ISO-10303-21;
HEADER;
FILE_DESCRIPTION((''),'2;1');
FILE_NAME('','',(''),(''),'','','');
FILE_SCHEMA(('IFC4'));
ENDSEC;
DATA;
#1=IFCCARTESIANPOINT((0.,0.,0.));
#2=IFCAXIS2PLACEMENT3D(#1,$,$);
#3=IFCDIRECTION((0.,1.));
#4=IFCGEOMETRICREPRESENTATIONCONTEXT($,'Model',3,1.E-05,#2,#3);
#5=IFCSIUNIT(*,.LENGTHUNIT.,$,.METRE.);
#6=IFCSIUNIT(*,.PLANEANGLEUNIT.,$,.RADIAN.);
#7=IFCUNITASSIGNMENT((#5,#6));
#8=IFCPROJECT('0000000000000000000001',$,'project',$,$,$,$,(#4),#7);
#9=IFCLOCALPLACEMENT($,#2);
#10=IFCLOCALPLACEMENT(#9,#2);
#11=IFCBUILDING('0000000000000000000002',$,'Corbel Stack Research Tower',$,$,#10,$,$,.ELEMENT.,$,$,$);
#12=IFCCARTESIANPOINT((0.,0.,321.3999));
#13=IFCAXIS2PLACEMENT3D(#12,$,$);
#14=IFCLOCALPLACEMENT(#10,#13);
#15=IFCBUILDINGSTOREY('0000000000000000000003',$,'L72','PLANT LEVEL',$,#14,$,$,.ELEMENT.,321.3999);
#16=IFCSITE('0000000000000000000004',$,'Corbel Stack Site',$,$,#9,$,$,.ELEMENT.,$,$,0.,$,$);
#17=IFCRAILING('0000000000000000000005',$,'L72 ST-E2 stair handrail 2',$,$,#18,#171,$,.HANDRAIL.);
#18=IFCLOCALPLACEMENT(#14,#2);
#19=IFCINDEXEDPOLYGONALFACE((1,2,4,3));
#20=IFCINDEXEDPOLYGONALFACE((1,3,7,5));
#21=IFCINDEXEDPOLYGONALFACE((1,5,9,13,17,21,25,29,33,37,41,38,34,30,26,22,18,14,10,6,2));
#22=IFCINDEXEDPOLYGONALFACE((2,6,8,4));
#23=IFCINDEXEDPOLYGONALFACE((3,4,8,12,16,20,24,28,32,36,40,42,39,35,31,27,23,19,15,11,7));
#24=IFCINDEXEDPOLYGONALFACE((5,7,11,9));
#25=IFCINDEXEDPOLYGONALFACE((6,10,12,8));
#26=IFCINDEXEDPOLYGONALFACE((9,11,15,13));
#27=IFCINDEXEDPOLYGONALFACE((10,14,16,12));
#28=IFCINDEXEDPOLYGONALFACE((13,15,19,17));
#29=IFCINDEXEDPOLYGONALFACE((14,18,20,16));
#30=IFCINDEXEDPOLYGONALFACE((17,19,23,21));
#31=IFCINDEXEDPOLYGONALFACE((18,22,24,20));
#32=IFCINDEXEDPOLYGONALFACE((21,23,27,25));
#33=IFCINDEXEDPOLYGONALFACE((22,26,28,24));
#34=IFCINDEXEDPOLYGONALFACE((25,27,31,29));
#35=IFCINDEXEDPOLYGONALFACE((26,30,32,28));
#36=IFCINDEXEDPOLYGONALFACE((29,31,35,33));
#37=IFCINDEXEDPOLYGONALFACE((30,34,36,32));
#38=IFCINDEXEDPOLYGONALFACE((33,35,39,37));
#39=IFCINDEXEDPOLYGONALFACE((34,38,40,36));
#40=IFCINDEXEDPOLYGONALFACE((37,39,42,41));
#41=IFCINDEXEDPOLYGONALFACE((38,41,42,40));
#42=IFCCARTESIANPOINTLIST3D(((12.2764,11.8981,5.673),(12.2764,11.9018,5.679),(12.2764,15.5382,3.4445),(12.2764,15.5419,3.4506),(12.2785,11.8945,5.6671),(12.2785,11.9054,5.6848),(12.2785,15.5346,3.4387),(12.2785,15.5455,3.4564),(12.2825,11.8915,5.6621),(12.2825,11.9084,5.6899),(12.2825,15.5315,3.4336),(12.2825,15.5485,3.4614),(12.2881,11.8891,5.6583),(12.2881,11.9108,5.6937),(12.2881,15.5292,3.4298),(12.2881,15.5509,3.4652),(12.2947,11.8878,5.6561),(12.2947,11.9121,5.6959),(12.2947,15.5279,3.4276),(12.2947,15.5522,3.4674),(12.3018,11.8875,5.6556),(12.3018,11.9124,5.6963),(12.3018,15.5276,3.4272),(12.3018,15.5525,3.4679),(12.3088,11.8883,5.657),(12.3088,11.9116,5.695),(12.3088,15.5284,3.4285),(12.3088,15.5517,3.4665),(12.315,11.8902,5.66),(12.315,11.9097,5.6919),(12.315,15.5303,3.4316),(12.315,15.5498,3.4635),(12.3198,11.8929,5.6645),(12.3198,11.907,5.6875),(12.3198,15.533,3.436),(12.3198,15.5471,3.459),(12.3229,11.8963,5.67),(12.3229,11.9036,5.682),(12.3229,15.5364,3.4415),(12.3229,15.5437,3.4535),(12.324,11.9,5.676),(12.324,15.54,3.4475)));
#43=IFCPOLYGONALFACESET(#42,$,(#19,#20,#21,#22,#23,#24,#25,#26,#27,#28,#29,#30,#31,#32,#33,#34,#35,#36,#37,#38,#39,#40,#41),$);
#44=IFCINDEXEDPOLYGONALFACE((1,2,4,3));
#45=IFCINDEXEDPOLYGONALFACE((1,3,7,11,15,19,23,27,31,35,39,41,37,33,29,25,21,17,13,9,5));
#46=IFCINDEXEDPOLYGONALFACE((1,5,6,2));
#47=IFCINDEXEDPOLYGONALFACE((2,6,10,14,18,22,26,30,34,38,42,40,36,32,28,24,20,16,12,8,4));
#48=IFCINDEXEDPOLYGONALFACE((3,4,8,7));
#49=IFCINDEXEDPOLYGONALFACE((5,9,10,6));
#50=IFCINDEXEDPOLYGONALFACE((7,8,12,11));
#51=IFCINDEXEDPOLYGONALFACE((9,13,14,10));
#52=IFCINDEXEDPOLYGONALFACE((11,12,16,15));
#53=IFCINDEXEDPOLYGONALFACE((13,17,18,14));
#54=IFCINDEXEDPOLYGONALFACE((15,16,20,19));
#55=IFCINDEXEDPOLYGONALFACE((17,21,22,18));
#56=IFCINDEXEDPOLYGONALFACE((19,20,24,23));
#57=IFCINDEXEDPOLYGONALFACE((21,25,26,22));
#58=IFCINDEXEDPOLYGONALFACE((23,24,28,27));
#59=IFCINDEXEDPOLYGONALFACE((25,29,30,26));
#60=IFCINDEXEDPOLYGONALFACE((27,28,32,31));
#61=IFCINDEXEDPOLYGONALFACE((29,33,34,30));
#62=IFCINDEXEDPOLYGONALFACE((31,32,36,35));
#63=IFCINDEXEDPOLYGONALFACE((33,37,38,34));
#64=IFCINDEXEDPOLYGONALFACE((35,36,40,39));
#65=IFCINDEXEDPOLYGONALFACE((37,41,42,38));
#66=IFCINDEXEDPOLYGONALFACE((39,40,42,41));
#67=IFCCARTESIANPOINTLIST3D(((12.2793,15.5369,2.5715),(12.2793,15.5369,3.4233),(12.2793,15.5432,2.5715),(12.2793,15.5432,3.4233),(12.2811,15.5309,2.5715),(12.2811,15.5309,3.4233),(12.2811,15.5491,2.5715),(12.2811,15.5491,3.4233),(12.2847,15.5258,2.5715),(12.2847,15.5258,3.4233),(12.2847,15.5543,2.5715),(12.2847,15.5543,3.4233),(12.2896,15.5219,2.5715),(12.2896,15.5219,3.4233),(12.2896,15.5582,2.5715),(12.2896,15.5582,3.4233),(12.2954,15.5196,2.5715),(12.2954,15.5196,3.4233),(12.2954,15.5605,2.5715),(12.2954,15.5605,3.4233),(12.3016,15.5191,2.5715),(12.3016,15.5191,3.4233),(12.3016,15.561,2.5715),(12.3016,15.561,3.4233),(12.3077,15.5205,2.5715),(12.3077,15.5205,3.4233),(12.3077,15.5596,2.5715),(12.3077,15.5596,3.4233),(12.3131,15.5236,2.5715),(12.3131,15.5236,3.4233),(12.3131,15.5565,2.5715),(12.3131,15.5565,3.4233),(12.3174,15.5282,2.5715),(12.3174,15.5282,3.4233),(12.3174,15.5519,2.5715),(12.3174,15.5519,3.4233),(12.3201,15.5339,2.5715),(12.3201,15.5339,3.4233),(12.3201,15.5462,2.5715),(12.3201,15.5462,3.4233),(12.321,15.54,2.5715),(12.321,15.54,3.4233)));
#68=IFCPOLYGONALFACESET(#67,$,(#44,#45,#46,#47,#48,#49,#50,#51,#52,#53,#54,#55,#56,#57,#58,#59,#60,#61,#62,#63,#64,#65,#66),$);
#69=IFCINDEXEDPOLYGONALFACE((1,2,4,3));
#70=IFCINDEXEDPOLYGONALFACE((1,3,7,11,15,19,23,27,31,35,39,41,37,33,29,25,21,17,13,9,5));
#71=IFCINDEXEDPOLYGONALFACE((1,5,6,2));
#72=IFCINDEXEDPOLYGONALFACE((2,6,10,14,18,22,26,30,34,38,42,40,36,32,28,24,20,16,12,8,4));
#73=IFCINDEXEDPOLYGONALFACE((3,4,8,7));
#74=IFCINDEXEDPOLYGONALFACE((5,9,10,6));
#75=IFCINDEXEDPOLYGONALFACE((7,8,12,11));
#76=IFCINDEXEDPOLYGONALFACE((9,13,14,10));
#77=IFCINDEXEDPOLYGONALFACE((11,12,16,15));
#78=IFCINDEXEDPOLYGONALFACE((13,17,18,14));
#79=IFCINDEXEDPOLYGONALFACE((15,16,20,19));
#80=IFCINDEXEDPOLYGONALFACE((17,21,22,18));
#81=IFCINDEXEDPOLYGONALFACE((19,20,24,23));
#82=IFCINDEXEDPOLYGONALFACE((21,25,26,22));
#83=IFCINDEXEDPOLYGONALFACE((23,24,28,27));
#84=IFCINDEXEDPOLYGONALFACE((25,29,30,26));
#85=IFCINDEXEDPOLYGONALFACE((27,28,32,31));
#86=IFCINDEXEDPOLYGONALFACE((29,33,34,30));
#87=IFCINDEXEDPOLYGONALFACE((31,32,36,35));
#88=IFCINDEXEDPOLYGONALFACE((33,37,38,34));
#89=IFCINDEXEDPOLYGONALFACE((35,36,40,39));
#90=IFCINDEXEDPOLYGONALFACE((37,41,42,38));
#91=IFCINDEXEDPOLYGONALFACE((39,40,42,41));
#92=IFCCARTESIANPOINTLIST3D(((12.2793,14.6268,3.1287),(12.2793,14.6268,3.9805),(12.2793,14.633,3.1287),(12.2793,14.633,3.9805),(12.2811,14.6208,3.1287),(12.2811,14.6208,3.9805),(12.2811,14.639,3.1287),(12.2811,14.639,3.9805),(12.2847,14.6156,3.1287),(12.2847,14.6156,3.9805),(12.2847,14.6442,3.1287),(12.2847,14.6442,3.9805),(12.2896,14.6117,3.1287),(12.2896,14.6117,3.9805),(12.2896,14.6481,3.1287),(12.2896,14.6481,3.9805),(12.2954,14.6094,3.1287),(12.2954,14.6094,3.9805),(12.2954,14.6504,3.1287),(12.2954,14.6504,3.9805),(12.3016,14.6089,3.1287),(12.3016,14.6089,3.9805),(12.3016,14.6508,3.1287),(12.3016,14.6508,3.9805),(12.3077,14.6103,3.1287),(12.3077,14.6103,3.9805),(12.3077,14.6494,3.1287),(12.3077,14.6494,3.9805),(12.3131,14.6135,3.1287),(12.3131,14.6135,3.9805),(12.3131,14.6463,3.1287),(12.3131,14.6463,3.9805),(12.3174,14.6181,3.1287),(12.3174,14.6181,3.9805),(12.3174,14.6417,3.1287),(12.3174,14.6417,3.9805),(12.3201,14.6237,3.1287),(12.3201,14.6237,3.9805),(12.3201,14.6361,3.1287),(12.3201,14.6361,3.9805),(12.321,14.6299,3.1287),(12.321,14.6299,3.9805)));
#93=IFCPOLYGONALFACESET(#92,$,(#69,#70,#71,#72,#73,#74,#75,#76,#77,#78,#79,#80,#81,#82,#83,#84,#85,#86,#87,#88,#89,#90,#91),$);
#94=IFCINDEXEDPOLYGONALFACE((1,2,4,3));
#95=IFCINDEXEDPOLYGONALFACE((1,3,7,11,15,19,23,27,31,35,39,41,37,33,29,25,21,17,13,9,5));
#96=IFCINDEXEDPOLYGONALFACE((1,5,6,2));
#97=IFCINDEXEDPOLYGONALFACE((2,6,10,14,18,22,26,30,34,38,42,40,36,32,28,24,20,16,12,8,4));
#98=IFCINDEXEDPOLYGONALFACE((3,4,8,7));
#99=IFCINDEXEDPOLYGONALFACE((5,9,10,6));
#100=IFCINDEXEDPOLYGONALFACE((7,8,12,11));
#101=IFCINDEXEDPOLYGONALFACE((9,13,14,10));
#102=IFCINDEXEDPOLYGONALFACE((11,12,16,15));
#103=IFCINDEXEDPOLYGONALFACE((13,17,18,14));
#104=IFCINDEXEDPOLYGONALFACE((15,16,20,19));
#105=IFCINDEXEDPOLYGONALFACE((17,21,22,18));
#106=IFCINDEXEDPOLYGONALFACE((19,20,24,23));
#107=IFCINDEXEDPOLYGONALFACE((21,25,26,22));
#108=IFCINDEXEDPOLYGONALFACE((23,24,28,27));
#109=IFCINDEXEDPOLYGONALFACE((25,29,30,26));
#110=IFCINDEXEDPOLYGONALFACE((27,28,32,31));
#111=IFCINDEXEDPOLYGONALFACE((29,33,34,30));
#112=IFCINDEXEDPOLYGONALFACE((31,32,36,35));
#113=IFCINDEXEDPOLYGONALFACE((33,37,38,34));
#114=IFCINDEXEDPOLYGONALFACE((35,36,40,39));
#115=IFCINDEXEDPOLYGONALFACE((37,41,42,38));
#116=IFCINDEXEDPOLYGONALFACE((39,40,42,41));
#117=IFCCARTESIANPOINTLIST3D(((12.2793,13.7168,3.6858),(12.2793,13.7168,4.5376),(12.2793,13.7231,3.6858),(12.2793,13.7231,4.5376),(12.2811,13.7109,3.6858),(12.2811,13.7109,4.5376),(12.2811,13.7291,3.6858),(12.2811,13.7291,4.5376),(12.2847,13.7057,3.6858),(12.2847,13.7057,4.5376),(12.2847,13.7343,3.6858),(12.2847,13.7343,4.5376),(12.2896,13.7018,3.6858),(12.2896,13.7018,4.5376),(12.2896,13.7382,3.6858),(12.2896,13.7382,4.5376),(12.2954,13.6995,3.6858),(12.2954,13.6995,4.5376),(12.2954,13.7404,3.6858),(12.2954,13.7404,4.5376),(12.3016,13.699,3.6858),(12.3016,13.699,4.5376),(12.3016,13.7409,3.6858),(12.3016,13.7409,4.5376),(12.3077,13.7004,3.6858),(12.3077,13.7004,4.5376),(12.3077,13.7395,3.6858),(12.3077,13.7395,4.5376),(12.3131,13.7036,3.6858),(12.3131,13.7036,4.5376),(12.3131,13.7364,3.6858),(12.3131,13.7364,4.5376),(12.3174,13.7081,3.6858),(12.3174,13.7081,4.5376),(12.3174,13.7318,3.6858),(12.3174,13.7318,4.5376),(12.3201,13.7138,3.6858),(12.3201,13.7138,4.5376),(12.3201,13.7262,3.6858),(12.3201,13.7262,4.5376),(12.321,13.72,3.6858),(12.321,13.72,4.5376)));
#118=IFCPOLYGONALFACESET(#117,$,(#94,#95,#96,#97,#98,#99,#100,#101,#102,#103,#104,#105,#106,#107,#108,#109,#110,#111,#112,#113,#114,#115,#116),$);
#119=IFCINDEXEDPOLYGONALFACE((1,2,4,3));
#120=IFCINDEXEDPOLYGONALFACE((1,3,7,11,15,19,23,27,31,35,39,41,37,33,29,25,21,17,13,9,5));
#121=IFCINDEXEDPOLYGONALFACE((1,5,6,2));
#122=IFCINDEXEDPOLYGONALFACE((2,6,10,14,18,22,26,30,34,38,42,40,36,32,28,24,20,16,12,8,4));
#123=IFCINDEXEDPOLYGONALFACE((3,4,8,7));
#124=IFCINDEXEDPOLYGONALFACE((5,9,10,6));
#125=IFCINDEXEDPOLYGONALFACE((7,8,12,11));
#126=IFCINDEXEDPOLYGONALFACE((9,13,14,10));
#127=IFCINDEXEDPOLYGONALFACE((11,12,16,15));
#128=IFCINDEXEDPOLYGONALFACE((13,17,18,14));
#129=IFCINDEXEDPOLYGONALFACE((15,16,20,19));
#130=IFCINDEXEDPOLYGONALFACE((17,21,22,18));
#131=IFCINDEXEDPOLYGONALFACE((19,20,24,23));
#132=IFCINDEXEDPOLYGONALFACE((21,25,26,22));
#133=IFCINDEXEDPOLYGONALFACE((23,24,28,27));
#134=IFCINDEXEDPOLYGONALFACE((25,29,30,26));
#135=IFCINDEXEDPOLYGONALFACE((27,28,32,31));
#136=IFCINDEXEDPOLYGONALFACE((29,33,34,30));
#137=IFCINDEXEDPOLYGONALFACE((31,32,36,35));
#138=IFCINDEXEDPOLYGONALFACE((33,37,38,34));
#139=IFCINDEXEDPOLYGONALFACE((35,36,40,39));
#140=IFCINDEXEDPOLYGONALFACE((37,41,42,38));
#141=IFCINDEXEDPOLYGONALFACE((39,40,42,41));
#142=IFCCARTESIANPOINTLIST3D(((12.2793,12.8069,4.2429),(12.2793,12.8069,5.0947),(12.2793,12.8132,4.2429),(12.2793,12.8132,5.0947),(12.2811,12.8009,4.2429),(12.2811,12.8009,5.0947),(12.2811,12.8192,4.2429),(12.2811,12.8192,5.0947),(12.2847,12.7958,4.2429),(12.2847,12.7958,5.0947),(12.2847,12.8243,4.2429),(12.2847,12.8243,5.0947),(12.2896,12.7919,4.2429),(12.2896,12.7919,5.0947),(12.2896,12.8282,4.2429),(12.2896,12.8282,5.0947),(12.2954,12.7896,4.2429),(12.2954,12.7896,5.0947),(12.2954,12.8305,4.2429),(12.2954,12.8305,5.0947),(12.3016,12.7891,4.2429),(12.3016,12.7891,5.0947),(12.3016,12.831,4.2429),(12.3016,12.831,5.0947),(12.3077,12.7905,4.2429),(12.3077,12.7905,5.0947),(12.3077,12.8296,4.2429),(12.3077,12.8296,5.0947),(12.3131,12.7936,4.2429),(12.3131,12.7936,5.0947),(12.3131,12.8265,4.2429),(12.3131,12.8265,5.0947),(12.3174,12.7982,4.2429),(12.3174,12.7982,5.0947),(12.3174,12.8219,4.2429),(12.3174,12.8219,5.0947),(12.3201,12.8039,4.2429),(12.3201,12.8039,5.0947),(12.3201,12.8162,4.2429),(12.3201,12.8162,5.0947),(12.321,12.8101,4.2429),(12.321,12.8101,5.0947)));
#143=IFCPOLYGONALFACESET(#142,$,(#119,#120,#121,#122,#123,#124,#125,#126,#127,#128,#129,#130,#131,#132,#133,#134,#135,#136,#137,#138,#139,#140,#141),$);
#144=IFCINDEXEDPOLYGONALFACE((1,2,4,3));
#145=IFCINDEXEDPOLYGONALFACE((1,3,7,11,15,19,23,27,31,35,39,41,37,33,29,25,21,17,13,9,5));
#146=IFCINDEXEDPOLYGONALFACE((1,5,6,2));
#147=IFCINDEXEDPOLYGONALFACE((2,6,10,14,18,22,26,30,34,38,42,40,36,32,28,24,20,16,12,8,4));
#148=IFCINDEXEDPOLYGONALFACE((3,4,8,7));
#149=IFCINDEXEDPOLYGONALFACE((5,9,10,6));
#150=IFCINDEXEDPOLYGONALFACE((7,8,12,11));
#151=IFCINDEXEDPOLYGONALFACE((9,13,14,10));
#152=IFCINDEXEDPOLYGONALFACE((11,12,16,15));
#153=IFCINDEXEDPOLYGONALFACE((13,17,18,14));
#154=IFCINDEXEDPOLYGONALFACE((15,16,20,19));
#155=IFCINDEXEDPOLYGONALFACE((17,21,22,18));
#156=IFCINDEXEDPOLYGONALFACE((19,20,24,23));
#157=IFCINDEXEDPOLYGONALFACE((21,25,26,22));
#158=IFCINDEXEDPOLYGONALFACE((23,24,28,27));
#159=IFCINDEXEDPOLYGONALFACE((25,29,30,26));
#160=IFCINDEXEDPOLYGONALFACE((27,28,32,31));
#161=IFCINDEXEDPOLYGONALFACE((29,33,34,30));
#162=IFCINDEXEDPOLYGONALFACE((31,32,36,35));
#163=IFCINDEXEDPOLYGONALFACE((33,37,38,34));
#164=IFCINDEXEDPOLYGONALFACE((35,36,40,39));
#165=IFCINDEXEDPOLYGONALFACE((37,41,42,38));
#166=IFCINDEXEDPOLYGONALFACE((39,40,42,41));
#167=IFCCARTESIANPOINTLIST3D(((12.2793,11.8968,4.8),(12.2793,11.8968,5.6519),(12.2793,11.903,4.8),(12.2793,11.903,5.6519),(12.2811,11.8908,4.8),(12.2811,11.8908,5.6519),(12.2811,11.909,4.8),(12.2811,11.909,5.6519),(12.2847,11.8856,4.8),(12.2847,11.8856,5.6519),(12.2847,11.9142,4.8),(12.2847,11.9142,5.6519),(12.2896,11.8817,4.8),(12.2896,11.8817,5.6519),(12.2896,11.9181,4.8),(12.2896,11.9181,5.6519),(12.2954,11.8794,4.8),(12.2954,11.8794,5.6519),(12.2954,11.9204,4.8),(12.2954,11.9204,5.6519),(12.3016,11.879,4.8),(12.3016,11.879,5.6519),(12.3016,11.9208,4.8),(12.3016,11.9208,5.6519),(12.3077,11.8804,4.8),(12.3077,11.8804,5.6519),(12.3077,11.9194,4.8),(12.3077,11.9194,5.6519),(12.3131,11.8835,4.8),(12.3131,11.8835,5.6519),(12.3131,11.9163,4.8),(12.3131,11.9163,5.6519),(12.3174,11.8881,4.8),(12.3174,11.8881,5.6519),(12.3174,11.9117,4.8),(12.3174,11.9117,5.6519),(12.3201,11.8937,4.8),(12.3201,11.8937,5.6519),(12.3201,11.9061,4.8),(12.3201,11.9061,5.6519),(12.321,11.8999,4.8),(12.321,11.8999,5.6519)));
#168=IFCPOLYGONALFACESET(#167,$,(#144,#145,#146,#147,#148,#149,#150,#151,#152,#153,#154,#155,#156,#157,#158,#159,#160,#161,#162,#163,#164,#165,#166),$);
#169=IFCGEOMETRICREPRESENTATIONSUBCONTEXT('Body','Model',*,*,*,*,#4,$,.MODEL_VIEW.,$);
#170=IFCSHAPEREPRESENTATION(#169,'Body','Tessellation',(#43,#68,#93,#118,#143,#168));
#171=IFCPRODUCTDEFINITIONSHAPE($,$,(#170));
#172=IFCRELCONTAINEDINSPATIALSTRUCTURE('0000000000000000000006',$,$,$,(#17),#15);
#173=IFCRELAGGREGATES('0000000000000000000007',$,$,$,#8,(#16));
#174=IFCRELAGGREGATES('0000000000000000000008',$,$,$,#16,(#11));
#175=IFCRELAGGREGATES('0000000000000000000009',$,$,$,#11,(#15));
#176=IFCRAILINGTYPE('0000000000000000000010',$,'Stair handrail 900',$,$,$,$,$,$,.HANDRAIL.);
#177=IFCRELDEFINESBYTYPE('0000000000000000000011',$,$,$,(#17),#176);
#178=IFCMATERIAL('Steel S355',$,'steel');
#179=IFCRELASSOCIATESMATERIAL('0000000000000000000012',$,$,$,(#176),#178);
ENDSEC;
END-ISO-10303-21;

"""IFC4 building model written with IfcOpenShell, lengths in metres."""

from ifc_helpers import new_model, si_unit, direction, frame, origin, origin_2d, place, context, subcontext, project, spatial, circle, extrude, material, type_object, element, save


model = new_model("IFC4")

# Units and contexts
model_context = context("Model", 3, precision=1e-05, world=origin(), true_north=direction((0.0, 1.0)))
body_context = subcontext(model_context, "Body", "Model", "MODEL_VIEW")
ifc_project = project(units=[si_unit("LENGTHUNIT", "METRE"), si_unit("PLANEANGLEUNIT", "RADIAN")], contexts=[model_context])

# Site, building, storey
site_placement = place(None, origin())
site = spatial("IfcSite", under=ifc_project, at=site_placement, Name="Corbel Stack Site", CompositionType="ELEMENT", RefElevation=0.0)
building_placement = place(site_placement, origin())
building = spatial("IfcBuilding", under=site, at=building_placement, Name="Corbel Stack Research Tower", CompositionType="ELEMENT")
storey_placement = place(building_placement, frame((0.0, 0.0, 321.3999)))
storey = spatial("IfcBuildingStorey", under=building, at=storey_placement, Name="L72", Description="PLANT LEVEL", CompositionType="ELEMENT", Elevation=321.3999)

# Railing
ifc_material_1 = material(Name="Steel S355", Category="steel")
railing_type_1 = type_object("IfcRailingType", Name="Stair handrail 900", PredefinedType="HANDRAIL", material=ifc_material_1)
railing_1_placement = place(storey_placement, frame((12.3, 15.54, 2.5715)))
element("IfcRailing", 1, at=railing_1_placement, inside=storey, type_object=railing_type_1, Name="L72 ST-E2 stair handrail 2", PredefinedType="HANDRAIL", context=body_context, shape_type="SweptSolid", body=[
    extrude(circle(Radius=0.0239, at=origin_2d()), frame((0.0, 0.0, 0.876), z_axis=(0.0, -0.852866, 0.52213), x_axis=(1.0, 0.0, 0.0)), (0.0, 0.0, 1.0), 4.2681),
    extrude(circle(Radius=0.021, at=origin_2d()), origin(), (0.0, 0.0, 1.0), 0.8518),
    extrude(circle(Radius=0.021, at=origin_2d()), frame((0.0, -0.9102, 0.5571)), (0.0, 0.0, 1.0), 0.8518),
    extrude(circle(Radius=0.021, at=origin_2d()), frame((0.0, -1.8201, 1.1143)), (0.0, 0.0, 1.0), 0.8518),
    extrude(circle(Radius=0.021, at=origin_2d()), frame((0.0, -2.73, 1.6714)), (0.0, 0.0, 1.0), 0.8518),
    extrude(circle(Radius=0.021, at=origin_2d()), frame((0.0, -3.6401, 2.2285)), (0.0, 0.0, 1.0), 0.8518),
])

save(model, "model.ifc")
